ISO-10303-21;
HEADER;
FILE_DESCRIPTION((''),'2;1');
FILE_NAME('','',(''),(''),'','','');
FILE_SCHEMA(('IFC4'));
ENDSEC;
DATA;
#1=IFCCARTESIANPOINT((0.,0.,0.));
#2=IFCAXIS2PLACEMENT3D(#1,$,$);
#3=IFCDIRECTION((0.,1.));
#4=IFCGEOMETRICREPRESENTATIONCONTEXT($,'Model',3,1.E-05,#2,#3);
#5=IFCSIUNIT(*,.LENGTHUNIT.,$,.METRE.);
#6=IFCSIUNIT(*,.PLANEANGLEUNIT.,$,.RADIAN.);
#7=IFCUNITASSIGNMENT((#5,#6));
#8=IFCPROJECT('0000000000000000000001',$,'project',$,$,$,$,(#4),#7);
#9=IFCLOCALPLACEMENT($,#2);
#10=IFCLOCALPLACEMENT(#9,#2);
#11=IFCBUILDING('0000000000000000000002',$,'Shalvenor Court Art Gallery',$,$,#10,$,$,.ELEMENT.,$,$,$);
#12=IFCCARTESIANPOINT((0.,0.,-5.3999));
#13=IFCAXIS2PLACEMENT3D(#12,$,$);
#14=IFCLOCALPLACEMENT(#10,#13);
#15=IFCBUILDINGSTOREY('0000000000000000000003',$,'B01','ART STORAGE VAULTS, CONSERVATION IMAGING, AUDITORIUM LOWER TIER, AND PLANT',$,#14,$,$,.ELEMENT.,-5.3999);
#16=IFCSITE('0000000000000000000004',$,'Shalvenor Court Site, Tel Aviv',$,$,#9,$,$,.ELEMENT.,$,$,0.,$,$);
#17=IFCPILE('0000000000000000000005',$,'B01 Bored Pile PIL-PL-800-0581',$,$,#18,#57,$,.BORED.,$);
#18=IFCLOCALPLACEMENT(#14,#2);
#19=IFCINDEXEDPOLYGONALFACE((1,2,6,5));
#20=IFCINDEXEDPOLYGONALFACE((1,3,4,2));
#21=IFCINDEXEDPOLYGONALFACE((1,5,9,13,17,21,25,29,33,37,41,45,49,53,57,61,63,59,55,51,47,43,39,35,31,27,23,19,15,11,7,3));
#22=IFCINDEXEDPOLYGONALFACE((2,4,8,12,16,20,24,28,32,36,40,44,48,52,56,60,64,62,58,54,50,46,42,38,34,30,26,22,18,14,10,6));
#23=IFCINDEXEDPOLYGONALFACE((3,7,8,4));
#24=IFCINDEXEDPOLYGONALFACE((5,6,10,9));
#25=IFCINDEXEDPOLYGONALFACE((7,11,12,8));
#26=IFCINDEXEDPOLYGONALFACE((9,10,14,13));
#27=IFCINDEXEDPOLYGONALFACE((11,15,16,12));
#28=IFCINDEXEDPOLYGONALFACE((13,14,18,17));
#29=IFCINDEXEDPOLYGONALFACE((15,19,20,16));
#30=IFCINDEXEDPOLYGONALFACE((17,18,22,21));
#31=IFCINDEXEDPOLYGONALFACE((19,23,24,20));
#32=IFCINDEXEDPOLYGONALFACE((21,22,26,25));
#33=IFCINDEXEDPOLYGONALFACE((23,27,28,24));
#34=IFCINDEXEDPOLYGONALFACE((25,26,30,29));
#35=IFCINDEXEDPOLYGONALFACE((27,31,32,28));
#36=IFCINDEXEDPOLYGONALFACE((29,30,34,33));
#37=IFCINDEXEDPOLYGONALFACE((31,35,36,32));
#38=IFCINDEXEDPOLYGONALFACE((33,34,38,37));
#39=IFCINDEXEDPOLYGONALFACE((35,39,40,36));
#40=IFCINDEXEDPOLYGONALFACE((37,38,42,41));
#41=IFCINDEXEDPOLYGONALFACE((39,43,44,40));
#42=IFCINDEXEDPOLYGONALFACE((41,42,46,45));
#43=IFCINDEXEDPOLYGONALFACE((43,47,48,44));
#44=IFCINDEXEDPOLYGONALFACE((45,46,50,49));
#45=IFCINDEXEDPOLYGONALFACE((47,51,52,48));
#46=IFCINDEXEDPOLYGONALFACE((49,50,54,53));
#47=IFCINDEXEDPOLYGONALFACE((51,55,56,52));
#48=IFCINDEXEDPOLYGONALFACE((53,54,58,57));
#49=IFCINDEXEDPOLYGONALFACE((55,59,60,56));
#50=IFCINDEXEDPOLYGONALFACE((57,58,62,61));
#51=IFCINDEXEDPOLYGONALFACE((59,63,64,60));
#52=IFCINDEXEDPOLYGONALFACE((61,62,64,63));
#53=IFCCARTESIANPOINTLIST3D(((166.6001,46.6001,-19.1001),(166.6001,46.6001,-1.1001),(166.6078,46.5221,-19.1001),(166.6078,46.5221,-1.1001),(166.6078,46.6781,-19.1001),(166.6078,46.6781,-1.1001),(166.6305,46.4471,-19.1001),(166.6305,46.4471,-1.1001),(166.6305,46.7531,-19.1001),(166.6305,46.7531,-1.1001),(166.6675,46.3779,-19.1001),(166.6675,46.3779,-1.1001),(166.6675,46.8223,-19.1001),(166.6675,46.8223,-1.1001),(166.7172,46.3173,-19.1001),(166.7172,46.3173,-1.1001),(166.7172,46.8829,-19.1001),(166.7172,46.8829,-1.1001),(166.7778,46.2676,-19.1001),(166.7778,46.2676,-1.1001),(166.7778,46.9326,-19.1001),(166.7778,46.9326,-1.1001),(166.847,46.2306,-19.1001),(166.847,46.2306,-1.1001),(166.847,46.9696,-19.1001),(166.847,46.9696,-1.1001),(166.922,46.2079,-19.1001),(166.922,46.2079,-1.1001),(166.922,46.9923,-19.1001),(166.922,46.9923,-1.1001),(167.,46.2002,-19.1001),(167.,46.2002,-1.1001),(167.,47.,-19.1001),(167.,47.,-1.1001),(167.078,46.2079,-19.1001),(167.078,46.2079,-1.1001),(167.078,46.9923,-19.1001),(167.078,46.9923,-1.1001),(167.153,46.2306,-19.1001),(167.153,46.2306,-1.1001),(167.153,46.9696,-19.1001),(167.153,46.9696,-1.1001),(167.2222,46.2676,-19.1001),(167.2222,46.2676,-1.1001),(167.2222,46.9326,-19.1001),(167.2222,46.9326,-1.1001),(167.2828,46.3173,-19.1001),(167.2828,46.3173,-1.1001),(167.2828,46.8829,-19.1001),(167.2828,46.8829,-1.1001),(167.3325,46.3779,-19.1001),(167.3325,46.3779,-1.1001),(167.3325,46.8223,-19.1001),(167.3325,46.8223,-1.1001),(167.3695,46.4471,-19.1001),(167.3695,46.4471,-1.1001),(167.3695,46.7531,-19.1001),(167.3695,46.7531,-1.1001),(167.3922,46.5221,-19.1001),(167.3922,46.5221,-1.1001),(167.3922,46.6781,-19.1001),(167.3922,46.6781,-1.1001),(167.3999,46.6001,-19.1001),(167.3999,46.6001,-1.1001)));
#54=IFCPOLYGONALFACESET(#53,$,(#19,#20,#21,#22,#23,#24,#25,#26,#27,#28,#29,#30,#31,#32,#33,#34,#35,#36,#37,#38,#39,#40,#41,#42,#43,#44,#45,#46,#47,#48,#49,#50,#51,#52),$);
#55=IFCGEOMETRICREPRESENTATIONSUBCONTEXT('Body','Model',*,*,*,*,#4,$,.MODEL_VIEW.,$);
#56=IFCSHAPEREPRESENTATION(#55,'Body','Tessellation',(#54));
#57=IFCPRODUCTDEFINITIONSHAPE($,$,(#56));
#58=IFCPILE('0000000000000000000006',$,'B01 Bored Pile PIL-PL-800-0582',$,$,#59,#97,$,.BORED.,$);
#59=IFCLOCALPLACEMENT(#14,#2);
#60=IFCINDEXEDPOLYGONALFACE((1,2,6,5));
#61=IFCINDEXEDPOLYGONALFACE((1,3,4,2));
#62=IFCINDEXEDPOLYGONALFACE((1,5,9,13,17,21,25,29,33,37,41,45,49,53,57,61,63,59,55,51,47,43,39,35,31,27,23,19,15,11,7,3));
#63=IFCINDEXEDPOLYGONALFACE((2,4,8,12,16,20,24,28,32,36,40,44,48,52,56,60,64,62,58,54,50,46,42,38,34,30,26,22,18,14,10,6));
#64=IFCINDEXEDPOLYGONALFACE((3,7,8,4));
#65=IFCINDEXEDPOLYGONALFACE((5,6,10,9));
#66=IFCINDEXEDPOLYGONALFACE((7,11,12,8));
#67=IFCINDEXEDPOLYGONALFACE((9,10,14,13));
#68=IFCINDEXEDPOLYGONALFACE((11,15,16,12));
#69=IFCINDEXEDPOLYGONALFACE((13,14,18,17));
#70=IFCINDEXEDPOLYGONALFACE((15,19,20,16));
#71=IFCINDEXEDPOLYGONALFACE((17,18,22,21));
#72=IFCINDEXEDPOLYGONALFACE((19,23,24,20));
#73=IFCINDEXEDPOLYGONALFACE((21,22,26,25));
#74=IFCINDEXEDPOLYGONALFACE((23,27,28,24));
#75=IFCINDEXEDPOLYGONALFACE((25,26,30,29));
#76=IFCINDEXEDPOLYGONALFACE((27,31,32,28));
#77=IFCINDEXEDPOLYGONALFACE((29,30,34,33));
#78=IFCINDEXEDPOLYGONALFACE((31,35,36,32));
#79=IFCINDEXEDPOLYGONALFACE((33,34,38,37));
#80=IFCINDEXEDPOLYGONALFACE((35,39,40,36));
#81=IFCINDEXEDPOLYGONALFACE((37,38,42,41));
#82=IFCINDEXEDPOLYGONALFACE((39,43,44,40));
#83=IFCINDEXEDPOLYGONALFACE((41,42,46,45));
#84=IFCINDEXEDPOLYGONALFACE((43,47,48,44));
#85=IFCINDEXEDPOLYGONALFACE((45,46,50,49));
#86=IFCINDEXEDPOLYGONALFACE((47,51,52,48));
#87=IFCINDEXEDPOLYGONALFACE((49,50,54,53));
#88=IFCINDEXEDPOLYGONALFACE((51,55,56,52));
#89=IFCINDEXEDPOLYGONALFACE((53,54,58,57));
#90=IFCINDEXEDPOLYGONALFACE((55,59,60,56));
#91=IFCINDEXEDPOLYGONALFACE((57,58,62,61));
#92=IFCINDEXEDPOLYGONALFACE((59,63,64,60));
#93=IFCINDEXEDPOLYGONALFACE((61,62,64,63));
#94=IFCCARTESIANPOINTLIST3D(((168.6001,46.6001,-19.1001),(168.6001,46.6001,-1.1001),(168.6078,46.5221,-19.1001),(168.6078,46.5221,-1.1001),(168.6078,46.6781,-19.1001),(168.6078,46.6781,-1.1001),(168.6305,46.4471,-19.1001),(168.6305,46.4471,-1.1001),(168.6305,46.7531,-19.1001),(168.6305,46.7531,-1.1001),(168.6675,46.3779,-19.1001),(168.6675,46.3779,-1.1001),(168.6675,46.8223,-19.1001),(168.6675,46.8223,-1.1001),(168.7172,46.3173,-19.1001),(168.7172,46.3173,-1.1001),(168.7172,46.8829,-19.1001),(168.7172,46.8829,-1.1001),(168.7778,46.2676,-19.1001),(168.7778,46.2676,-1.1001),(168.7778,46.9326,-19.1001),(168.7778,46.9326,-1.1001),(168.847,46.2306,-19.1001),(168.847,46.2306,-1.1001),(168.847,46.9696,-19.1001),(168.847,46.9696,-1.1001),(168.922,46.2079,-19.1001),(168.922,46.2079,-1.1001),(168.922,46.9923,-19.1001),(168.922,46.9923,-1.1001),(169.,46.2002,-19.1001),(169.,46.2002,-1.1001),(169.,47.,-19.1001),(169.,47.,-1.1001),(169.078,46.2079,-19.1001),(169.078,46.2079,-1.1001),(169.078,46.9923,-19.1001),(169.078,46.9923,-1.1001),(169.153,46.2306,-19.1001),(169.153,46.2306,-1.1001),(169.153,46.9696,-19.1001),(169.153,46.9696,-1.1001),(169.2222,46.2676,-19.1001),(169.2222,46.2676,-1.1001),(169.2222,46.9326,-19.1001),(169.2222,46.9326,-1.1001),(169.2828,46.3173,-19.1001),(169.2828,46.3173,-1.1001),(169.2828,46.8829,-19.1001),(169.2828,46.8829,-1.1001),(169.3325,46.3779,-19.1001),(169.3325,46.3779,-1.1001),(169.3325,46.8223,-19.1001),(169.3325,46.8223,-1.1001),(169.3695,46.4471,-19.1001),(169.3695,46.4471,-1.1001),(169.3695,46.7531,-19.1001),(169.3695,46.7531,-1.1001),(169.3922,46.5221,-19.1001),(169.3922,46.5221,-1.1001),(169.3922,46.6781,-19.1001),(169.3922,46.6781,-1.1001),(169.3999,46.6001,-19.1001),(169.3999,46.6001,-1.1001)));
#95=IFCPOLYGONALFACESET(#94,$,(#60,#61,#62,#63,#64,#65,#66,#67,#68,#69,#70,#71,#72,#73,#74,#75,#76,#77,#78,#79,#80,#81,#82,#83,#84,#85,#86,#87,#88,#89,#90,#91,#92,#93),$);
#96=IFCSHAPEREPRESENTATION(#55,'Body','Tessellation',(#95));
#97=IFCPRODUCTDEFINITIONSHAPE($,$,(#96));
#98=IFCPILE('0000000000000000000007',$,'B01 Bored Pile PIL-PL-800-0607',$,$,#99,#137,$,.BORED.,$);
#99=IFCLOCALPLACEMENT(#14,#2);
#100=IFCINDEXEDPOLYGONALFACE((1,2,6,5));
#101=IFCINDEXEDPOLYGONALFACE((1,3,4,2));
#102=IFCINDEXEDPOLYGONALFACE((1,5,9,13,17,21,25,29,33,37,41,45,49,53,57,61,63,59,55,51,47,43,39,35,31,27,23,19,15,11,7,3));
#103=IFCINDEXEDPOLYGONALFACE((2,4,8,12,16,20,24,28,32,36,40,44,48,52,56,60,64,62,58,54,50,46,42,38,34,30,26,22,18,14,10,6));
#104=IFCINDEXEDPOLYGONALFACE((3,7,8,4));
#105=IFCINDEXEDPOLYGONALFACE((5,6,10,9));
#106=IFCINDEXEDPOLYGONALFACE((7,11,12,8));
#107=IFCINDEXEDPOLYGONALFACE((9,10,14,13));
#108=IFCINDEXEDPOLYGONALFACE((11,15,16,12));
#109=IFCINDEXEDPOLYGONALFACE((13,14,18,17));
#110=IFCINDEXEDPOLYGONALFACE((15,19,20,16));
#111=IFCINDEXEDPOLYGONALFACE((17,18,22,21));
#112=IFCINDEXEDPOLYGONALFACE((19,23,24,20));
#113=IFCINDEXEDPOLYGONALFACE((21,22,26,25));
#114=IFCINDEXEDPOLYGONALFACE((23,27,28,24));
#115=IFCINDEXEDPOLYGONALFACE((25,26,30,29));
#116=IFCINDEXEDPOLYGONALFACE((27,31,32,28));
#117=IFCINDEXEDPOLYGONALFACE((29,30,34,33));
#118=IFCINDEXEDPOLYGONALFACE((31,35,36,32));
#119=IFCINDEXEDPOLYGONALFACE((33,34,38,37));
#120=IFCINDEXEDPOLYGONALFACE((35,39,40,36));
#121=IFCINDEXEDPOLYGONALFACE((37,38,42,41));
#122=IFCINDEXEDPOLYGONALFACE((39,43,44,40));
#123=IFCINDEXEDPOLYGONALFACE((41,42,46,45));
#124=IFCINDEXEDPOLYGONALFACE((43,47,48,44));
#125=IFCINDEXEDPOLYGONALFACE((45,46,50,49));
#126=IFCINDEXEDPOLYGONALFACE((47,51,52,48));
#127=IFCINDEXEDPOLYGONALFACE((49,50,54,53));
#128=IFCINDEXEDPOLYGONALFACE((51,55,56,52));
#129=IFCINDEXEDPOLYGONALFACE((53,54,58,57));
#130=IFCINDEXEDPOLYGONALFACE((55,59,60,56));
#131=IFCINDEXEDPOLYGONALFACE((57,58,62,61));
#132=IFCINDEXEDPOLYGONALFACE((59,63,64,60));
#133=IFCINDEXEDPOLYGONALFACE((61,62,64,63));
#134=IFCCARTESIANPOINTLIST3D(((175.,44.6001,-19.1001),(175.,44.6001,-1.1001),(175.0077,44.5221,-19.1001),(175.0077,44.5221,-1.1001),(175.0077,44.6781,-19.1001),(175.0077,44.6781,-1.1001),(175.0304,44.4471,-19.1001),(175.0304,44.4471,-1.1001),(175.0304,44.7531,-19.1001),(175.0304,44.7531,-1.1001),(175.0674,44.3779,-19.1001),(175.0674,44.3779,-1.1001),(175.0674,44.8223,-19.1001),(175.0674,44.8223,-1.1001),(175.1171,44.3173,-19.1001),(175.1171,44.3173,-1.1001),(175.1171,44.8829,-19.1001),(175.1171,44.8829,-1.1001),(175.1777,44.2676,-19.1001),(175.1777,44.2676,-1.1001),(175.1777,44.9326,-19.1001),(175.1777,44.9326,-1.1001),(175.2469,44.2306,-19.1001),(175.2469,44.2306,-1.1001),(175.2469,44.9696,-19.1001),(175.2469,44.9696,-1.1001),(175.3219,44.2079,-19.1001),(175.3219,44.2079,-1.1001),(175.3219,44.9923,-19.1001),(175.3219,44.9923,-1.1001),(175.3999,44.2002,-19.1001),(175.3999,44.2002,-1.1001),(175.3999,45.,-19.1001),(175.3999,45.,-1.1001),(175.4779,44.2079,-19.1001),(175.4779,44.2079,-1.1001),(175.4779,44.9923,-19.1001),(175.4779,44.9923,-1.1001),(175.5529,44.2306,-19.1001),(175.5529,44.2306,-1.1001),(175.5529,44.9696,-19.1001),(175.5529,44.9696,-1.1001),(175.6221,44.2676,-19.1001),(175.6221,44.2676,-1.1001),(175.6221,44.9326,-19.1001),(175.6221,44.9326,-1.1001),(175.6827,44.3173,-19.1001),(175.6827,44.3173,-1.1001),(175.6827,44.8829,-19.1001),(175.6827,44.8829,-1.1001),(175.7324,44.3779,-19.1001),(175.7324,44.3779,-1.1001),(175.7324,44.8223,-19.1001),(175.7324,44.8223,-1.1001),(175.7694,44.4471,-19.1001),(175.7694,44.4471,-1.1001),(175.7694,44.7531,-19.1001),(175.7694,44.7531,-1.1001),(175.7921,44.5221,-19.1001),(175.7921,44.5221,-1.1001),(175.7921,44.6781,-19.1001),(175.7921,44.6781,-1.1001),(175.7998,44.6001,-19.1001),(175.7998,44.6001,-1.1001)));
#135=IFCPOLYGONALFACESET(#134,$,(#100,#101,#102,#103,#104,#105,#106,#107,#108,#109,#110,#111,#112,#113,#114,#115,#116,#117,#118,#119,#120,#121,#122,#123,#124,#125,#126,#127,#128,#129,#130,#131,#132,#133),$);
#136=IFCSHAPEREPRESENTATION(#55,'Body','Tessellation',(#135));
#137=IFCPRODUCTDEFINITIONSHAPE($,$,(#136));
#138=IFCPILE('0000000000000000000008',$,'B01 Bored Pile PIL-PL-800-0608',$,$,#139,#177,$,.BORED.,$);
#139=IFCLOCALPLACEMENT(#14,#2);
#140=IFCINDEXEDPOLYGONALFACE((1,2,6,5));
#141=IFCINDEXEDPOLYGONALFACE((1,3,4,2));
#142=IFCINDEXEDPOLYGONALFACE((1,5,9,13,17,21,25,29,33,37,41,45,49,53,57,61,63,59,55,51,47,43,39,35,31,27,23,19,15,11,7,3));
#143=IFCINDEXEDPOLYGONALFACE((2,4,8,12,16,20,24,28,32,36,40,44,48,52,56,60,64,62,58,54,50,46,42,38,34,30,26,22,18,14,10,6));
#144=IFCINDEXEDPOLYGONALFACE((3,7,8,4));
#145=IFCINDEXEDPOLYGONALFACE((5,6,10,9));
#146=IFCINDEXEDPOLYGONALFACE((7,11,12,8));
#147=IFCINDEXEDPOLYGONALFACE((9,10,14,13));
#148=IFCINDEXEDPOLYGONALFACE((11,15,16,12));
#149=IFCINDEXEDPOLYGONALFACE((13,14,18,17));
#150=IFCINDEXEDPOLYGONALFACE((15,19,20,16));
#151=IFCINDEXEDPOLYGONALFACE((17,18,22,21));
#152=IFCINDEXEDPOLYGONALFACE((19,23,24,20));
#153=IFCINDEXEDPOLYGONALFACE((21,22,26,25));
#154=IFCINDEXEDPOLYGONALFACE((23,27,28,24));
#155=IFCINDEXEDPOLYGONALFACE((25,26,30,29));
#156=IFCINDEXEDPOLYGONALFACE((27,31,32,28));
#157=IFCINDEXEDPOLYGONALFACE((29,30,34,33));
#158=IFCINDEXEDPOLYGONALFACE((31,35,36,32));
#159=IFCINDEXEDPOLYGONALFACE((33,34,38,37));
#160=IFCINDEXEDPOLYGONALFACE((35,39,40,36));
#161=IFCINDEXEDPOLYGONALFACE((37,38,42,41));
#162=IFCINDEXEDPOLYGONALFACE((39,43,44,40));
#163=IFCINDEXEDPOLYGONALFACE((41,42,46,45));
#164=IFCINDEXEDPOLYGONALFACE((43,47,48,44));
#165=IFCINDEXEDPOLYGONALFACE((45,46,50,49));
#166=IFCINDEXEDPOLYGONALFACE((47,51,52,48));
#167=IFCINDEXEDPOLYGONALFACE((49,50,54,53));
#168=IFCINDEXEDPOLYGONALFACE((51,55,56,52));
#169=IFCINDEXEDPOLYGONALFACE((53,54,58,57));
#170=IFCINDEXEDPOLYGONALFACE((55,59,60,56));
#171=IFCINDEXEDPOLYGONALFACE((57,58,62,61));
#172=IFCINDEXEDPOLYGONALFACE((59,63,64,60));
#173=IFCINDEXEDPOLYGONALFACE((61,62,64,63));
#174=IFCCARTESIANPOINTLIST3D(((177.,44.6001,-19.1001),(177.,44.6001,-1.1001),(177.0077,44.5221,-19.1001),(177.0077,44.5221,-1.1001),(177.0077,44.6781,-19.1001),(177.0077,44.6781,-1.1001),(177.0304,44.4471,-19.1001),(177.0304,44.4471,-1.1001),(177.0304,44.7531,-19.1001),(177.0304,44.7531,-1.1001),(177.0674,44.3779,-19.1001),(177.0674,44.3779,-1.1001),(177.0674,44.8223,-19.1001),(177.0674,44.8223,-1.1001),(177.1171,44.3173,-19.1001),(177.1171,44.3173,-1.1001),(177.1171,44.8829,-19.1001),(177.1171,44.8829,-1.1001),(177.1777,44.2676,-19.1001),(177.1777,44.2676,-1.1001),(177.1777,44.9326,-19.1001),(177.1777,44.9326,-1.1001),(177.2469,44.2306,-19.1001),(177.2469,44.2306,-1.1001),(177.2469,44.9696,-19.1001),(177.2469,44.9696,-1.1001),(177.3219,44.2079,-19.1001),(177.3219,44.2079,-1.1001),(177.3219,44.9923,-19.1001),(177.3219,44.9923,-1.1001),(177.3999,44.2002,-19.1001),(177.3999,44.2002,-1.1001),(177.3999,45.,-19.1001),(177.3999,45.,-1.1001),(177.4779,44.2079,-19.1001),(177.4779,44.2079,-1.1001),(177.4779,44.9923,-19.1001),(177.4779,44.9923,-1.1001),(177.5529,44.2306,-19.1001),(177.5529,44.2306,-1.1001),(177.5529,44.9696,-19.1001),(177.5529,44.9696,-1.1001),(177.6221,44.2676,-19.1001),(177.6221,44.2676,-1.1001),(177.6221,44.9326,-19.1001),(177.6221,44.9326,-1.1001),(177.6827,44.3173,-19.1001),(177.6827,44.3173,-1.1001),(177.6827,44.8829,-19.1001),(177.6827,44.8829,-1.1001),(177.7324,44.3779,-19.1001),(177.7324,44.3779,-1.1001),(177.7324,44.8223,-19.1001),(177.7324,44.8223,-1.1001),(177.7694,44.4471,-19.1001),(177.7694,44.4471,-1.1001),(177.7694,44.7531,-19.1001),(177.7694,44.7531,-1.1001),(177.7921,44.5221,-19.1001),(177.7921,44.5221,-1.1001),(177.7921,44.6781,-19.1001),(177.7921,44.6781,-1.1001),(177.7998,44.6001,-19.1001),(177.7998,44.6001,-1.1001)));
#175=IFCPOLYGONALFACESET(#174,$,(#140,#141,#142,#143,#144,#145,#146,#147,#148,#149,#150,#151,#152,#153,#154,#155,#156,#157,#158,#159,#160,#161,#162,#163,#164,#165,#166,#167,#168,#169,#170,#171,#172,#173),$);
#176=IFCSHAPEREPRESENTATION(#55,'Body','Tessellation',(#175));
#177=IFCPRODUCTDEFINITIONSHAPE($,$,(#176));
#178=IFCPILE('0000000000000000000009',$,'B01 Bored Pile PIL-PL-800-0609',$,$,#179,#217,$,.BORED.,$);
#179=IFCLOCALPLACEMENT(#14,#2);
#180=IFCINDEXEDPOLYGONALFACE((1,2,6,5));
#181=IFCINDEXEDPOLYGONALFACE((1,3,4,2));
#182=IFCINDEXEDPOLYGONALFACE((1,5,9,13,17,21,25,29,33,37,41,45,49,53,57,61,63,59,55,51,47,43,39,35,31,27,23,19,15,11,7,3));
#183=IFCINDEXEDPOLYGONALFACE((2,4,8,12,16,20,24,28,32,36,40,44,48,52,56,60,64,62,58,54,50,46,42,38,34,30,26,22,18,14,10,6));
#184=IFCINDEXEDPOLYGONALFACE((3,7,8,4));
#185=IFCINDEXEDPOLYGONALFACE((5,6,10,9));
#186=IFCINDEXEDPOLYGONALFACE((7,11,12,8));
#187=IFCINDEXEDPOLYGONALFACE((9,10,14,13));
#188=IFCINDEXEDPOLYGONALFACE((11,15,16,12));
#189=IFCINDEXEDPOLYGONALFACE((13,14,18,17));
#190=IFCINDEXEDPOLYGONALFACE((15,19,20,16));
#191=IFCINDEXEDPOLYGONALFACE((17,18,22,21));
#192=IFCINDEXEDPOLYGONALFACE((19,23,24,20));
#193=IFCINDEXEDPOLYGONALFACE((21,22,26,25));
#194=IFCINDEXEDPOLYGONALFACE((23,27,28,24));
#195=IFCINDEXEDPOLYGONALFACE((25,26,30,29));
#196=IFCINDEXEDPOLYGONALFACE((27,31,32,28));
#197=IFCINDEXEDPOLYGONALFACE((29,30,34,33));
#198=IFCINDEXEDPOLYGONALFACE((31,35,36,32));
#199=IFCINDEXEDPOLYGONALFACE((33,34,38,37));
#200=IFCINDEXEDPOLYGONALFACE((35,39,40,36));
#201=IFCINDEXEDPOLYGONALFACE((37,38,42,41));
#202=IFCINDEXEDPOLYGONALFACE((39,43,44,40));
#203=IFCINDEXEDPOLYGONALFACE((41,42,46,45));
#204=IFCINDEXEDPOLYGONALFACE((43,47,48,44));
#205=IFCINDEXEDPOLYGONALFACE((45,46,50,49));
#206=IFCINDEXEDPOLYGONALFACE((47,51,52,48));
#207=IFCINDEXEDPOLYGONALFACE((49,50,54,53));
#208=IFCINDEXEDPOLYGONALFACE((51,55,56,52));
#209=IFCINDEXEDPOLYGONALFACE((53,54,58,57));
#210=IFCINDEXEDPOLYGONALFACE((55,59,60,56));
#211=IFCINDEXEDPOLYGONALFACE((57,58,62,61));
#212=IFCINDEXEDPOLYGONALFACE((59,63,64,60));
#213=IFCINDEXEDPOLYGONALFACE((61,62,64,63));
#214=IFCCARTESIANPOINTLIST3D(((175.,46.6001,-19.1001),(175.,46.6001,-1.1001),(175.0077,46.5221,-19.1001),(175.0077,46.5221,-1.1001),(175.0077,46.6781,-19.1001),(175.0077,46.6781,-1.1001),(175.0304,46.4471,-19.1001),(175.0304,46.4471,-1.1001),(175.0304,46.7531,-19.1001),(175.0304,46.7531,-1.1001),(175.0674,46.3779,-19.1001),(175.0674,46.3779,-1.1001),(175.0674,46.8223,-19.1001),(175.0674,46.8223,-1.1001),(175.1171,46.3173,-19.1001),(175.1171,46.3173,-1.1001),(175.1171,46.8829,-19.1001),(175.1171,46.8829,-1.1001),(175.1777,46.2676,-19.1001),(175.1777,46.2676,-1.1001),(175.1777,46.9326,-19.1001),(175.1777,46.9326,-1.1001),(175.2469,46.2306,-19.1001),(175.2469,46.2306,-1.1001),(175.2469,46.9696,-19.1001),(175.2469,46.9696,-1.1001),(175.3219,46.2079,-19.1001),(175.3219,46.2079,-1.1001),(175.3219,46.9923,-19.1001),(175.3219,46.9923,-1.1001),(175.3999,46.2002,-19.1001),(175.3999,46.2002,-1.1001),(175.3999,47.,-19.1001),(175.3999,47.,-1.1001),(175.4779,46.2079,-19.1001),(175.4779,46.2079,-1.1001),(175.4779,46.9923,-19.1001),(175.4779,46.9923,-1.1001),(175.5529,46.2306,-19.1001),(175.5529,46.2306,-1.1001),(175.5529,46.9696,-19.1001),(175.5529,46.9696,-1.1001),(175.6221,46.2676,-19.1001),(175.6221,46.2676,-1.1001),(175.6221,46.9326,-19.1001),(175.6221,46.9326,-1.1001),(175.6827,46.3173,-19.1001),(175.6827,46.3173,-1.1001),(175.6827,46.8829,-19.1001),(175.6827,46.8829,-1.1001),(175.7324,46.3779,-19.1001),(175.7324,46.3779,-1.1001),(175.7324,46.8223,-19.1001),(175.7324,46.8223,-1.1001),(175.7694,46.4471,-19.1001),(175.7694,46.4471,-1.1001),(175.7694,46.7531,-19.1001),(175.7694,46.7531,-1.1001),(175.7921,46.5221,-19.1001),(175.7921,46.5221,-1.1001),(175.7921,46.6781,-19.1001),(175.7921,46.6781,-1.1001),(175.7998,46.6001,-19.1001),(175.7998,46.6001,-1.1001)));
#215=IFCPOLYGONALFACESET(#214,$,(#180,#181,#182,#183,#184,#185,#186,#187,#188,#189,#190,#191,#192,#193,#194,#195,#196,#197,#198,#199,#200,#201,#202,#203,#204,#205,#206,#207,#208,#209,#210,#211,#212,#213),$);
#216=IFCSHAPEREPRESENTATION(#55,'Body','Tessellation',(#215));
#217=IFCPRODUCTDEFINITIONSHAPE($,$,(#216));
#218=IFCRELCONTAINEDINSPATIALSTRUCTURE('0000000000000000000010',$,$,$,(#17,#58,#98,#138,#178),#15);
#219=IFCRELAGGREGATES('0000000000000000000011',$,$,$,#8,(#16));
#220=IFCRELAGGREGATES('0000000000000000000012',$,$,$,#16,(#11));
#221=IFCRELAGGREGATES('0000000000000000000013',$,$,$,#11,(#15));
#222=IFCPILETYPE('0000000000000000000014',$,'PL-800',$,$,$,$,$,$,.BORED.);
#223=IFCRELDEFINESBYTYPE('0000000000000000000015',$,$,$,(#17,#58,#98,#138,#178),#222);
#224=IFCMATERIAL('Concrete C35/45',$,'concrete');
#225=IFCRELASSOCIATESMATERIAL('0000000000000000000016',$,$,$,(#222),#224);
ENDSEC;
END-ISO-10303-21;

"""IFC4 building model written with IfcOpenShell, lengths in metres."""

from ifc_helpers import new_model, si_unit, direction, frame, origin, origin_2d, place, context, subcontext, project, spatial, circle, extrude, material, material_profile, profile_set, type_object, element, save


model = new_model("IFC4")

# Units and contexts
model_context = context("Model", 3, precision=1e-05, world=origin(), true_north=direction((0.0, 1.0)))
body_context = subcontext(model_context, "Body", "Model", "MODEL_VIEW")
ifc_project = project(units=[si_unit("LENGTHUNIT", "METRE"), si_unit("PLANEANGLEUNIT", "RADIAN")], contexts=[model_context])

# Site, building, storey
site_placement = place(None, origin())
site = spatial("IfcSite", under=ifc_project, at=site_placement, Name="Shalvenor Court Site, Tel Aviv", CompositionType="ELEMENT", RefElevation=0.0)
building_placement = place(site_placement, origin())
building = spatial("IfcBuilding", under=site, at=building_placement, Name="Shalvenor Court Art Gallery", CompositionType="ELEMENT")
storey_placement = place(building_placement, frame((0.0, 0.0, -5.3999)))
storey = spatial("IfcBuildingStorey", under=building, at=storey_placement, Name="B01", Description="ART STORAGE VAULTS, CONSERVATION IMAGING, AUDITORIUM LOWER TIER, AND PLANT", CompositionType="ELEMENT", Elevation=-5.3999)

# Piles
ifc_material_1 = material(Name="Concrete C35/45", Category="concrete")
ifc_material_profile_1 = material_profile(ifc_material_1, circle(Radius=0.3999, at=origin_2d()), Name="PILE 800")
ifc_profile_set_1 = profile_set([ifc_material_profile_1], Name="Concrete C35/45")
pile_type = type_object("IfcPileType", Name="PL-800", PredefinedType="BORED", material=ifc_profile_set_1)
for number, where, z_axis, x_axis, name in (
    (1, (167.0, 46.6001, -1.1001), (0.0, 0.0, -1.0), (1.0, 0.0, 0.0), "B01 Bored Pile PIL-PL-800-0581"),
    (2, (169.0, 46.6001, -1.1001), (0.0, 0.0, -1.0), (1.0, 0.0, 0.0), "B01 Bored Pile PIL-PL-800-0582"),
    (3, (175.3999, 44.6001, -1.1001), (0.0, 0.0, -1.0), (1.0, 0.0, 0.0), "B01 Bored Pile PIL-PL-800-0607"),
    (4, (177.3999, 44.6001, -1.1001), (0.0, 0.0, -1.0), (1.0, 0.0, 0.0), "B01 Bored Pile PIL-PL-800-0608"),
    (5, (175.3999, 46.6001, -1.1001), (0.0, 0.0, -1.0), (1.0, 0.0, 0.0), "B01 Bored Pile PIL-PL-800-0609"),
):
    element("IfcPile", number, at=place(storey_placement, frame(where, z_axis=z_axis, x_axis=x_axis)), inside=storey, type_object=pile_type, Name=name, PredefinedType="BORED", context=body_context, shape_type="SweptSolid", body=[
        extrude(circle(Radius=0.3999, at=origin_2d()), origin(), (0.0, 0.0, 1.0), 18.0),
    ])

save(model, "model.ifc")
